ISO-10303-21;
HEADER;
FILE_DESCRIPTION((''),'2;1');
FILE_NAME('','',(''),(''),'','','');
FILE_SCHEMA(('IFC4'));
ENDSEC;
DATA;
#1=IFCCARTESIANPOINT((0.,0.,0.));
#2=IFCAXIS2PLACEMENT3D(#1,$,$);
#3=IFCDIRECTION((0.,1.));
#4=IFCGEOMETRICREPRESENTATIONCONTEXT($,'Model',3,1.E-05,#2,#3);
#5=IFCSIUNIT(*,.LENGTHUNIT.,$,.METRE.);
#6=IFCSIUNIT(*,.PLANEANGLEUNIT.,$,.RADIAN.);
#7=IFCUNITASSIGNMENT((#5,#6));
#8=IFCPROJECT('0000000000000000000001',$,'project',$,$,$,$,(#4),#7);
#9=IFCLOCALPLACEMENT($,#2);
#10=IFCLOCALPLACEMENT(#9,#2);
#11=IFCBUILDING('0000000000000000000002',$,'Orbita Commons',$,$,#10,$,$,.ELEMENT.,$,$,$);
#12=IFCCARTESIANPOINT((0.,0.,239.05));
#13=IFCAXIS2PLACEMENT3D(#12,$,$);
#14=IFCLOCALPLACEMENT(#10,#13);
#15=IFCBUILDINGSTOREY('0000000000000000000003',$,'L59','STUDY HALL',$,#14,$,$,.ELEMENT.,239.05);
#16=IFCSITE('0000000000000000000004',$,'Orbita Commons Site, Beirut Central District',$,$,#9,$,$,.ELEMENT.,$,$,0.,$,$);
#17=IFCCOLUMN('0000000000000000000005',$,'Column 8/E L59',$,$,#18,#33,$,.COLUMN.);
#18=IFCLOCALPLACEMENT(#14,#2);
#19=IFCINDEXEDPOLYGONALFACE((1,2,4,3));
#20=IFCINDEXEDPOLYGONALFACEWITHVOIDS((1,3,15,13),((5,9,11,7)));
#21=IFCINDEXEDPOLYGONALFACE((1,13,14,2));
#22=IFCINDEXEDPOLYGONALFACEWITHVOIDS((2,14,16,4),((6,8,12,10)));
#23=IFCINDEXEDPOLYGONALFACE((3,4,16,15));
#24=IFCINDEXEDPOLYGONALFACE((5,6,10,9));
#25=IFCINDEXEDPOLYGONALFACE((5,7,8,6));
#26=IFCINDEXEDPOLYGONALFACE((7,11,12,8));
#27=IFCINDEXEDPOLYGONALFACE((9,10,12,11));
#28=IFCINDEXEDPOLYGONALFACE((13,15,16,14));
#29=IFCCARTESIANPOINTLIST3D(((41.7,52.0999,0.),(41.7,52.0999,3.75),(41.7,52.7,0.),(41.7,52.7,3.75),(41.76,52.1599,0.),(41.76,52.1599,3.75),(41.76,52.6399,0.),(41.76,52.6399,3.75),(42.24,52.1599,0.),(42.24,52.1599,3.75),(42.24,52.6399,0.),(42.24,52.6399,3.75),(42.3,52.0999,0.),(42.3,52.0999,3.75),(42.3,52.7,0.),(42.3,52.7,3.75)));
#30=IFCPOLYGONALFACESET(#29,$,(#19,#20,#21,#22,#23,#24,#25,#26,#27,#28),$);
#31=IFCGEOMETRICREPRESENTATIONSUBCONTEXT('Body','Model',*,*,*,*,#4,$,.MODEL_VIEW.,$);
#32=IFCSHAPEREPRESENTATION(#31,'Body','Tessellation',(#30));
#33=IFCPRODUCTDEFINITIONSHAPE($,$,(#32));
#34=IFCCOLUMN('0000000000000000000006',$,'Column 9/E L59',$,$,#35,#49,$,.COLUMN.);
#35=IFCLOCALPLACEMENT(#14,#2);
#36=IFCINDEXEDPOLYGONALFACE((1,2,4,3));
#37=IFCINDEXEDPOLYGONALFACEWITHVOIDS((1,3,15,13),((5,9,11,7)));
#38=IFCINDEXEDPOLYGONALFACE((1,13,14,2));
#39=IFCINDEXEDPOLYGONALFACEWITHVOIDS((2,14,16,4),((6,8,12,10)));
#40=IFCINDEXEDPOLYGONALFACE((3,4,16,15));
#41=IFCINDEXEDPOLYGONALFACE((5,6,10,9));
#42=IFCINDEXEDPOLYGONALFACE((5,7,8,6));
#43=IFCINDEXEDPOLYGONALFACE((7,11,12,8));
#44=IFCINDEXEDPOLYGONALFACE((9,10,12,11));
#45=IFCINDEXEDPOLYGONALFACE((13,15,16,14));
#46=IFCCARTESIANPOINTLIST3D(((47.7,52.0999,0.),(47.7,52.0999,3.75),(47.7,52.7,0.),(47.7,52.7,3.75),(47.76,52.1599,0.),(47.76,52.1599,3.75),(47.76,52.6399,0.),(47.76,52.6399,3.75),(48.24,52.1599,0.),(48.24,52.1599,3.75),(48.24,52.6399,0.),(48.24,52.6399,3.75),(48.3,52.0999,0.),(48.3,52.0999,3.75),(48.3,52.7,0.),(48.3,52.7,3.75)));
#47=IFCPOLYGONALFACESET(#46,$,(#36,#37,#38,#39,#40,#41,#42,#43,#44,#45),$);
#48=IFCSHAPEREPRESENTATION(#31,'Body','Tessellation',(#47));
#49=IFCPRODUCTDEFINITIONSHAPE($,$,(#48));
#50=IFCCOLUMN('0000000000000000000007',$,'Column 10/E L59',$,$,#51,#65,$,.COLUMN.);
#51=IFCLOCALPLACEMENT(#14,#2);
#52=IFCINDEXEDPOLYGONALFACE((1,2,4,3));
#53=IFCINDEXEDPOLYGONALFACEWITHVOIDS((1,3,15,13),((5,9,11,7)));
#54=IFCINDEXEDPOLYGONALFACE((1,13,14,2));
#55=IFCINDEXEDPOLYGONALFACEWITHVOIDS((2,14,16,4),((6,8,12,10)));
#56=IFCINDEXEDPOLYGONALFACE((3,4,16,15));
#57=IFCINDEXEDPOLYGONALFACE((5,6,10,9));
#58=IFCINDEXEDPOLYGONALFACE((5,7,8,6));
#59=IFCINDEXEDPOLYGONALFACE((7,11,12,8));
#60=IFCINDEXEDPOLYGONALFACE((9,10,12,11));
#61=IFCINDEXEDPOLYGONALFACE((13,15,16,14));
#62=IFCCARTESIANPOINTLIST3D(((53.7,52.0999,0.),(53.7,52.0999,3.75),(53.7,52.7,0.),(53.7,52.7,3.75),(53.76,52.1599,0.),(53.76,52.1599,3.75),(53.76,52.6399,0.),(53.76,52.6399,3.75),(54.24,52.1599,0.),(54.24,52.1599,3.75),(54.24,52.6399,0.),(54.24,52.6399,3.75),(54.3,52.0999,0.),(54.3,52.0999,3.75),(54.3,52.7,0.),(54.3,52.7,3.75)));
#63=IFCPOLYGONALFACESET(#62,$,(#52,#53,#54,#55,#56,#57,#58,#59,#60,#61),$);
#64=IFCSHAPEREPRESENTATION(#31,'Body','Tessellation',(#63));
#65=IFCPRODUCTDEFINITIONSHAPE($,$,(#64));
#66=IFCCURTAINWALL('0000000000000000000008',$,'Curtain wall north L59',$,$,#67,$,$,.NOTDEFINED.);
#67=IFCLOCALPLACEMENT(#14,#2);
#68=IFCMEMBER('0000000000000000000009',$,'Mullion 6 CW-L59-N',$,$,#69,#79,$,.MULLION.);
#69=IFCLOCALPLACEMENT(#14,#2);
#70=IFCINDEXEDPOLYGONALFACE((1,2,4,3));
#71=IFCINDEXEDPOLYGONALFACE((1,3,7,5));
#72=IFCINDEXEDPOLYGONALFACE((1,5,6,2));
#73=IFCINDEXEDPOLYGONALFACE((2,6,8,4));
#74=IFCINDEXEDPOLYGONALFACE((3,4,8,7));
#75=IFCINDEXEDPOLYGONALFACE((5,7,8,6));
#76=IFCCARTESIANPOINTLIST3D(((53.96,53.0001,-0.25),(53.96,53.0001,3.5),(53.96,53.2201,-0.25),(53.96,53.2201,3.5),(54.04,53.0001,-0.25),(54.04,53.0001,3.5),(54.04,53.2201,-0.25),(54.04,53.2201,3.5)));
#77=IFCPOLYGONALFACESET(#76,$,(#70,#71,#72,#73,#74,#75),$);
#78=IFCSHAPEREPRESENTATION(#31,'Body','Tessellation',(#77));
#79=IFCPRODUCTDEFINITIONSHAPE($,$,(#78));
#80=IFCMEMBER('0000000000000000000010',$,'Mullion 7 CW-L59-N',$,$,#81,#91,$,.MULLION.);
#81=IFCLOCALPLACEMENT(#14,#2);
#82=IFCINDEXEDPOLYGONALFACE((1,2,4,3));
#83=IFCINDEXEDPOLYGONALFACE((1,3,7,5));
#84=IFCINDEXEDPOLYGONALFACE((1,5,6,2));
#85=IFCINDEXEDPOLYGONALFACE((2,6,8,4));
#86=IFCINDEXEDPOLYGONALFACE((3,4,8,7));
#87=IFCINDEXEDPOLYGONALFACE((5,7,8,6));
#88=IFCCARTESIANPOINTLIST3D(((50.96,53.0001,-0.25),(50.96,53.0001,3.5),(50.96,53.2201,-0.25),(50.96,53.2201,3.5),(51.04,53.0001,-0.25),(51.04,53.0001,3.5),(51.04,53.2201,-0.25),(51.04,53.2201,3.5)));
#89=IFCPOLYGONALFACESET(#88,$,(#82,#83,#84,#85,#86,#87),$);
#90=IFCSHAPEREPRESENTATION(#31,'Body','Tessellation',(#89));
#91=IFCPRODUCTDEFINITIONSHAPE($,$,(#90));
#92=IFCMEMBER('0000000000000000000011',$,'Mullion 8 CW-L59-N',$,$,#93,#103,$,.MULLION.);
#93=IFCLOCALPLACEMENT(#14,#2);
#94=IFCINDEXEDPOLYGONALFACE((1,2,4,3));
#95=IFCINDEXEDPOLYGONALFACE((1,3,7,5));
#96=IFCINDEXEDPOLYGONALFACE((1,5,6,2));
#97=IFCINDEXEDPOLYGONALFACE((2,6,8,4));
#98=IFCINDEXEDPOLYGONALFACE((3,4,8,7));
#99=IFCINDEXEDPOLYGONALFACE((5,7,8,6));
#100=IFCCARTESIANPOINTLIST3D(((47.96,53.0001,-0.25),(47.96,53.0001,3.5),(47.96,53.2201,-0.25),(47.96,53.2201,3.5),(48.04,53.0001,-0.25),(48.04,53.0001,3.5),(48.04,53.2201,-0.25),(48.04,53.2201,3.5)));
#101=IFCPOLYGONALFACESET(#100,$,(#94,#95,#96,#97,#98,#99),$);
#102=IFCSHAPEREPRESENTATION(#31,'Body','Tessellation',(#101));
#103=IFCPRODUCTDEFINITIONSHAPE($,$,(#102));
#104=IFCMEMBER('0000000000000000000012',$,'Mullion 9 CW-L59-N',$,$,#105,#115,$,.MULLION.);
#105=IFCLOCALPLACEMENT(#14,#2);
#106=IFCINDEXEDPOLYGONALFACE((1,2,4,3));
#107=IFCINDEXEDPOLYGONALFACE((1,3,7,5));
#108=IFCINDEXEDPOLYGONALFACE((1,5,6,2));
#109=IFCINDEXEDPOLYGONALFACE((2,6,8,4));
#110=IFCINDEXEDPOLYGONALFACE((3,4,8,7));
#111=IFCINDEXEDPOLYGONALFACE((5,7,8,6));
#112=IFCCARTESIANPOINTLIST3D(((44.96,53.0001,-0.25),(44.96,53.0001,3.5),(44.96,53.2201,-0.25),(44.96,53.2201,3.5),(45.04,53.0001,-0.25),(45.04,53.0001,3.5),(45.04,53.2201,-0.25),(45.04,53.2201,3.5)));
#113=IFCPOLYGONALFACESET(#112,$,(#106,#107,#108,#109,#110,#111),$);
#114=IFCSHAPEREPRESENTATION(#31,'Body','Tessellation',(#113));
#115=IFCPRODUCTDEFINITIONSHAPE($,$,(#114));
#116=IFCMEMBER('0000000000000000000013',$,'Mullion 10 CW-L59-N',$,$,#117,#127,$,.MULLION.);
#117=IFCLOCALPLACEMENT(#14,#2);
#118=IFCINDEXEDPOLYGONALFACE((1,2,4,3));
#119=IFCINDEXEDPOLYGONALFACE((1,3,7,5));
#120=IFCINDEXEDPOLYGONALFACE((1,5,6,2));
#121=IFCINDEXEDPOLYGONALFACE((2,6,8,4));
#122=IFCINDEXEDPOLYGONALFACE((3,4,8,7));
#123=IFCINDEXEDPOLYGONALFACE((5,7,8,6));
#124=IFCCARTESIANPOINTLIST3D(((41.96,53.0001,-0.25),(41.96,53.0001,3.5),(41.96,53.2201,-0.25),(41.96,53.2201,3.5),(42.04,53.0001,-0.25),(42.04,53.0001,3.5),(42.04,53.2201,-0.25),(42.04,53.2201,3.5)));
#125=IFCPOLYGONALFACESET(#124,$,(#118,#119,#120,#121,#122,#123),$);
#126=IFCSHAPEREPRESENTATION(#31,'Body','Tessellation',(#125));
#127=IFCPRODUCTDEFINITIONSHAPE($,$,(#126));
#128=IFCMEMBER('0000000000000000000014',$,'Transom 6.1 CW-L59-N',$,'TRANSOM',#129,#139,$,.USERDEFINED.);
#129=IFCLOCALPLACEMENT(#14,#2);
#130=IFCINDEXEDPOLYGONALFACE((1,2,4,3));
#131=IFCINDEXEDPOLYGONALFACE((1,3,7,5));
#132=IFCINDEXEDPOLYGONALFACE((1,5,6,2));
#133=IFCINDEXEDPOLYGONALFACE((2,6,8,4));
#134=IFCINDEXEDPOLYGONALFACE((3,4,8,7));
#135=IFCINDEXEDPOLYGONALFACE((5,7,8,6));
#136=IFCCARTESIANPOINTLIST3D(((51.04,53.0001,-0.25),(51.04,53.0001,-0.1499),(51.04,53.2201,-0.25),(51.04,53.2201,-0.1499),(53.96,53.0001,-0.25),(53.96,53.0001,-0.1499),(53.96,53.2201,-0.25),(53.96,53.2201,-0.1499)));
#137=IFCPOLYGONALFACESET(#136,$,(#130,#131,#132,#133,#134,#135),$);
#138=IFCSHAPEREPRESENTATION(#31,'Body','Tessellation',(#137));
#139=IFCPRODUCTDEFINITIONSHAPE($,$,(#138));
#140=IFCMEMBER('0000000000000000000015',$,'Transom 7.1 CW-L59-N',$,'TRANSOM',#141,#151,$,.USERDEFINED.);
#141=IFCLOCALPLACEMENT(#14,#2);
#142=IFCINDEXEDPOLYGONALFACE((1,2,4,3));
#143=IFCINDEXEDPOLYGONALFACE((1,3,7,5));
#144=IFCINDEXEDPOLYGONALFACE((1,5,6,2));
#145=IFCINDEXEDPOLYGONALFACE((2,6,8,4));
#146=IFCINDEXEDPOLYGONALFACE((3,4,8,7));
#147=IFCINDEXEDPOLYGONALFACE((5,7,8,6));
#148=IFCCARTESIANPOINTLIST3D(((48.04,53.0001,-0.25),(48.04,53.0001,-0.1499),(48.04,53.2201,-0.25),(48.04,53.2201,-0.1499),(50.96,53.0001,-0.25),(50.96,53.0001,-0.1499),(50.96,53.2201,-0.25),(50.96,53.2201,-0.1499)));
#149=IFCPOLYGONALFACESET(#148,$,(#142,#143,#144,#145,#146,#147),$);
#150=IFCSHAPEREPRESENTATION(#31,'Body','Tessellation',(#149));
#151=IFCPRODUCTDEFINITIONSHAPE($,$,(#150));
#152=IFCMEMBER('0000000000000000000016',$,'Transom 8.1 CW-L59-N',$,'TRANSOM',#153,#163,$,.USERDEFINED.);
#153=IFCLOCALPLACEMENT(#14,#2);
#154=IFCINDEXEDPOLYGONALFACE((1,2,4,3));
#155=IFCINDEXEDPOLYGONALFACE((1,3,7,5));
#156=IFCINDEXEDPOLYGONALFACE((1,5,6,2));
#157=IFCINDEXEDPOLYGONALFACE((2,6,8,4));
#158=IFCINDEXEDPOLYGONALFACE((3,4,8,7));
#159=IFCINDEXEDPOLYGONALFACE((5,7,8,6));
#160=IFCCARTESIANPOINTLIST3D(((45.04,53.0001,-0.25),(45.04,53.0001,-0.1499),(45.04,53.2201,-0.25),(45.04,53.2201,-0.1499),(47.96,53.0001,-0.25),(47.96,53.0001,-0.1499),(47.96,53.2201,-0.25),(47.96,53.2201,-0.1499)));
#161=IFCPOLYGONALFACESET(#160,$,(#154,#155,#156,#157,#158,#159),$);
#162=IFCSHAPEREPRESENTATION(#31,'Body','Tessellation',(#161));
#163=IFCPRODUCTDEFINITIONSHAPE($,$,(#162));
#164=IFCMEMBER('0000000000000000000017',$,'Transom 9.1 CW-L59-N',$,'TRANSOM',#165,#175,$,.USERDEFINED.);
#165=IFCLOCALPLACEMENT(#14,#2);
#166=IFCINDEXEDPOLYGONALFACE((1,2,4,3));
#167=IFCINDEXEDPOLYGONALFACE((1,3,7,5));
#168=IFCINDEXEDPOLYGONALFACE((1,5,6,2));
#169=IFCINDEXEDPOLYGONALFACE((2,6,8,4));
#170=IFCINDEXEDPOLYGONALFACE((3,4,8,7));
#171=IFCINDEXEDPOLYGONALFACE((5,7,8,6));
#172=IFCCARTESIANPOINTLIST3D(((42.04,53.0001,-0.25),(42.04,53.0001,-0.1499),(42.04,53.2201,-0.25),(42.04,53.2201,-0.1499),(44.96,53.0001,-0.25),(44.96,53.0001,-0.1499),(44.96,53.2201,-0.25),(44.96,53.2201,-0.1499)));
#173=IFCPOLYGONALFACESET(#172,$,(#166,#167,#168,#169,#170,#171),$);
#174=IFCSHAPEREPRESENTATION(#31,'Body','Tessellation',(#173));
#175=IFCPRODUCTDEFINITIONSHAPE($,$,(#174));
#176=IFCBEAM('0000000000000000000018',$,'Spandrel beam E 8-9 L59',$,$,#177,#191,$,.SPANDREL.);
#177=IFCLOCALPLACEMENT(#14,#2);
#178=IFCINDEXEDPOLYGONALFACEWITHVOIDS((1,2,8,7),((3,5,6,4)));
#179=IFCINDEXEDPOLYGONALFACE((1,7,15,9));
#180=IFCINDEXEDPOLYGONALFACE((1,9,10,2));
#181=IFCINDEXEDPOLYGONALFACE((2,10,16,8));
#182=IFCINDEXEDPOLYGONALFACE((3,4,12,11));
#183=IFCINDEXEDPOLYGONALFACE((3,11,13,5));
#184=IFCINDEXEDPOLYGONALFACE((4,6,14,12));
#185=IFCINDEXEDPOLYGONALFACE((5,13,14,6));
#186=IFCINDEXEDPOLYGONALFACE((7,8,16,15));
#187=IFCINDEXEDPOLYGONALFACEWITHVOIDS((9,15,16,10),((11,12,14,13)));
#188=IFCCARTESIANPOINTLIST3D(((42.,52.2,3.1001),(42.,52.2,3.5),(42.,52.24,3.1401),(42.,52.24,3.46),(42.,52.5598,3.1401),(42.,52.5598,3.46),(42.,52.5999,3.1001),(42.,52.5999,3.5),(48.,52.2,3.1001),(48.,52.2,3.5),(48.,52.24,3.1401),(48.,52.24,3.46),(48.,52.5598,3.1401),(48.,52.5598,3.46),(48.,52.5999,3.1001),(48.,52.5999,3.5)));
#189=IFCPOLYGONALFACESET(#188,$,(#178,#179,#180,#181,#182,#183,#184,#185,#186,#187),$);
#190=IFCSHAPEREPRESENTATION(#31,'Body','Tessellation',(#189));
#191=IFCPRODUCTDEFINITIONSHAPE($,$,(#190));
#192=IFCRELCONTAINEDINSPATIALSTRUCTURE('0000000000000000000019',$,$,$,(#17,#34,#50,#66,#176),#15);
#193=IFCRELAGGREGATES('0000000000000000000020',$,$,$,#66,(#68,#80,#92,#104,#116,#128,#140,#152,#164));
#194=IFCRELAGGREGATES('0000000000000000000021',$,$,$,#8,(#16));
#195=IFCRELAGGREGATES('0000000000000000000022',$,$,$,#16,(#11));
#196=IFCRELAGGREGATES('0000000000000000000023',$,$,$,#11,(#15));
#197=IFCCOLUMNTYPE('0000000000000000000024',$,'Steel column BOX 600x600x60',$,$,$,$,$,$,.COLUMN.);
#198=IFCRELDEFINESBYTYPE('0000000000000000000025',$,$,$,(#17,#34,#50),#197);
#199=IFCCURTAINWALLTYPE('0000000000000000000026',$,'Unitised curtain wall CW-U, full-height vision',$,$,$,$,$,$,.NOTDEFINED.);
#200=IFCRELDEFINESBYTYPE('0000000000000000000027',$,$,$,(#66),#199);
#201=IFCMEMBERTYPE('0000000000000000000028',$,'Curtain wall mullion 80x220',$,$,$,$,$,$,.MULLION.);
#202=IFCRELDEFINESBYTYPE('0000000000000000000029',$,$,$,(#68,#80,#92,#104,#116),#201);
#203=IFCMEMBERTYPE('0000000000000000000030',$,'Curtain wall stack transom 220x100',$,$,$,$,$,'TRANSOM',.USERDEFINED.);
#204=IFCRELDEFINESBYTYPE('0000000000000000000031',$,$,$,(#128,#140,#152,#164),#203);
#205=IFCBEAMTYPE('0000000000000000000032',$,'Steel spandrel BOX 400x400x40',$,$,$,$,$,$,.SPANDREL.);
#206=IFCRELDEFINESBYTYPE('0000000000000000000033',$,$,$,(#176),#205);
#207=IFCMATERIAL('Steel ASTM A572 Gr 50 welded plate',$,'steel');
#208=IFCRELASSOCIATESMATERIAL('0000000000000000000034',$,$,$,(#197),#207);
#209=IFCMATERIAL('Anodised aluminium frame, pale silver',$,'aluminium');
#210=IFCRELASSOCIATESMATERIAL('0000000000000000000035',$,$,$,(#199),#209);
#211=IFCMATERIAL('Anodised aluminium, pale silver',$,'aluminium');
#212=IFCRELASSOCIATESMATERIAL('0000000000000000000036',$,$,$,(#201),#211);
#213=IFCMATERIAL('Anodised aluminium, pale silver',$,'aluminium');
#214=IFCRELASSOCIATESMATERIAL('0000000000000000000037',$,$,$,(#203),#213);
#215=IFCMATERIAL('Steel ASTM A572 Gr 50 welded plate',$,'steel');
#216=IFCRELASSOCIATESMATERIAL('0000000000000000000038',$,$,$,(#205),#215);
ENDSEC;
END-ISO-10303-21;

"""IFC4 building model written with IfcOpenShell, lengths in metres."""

from ifc_helpers import new_model, si_unit, direction, frame, origin, origin_2d, place, context, subcontext, project, spatial, rectangle, hollow_rectangle, extrude, material, material_profile, profile_set, type_object, element, aggregate, save


model = new_model("IFC4")

# Units and contexts
model_context = context("Model", 3, precision=1e-05, world=origin(), true_north=direction((0.0, 1.0)))
body_context = subcontext(model_context, "Body", "Model", "MODEL_VIEW")
ifc_project = project(units=[si_unit("LENGTHUNIT", "METRE"), si_unit("PLANEANGLEUNIT", "RADIAN")], contexts=[model_context])

# Site, building, storey
site_placement = place(None, origin())
site = spatial("IfcSite", under=ifc_project, at=site_placement, Name="Orbita Commons Site, Beirut Central District", CompositionType="ELEMENT", RefElevation=0.0)
building_placement = place(site_placement, origin())
building = spatial("IfcBuilding", under=site, at=building_placement, Name="Orbita Commons", CompositionType="ELEMENT")
storey_placement = place(building_placement, frame((0.0, 0.0, 239.05)))
storey = spatial("IfcBuildingStorey", under=building, at=storey_placement, Name="L59", Description="STUDY HALL", CompositionType="ELEMENT", Elevation=239.05)

# Columns
ifc_material_1 = material(Name="Steel ASTM A572 Gr 50 welded plate", Category="steel")
ifc_material_profile_1 = material_profile(ifc_material_1, hollow_rectangle(XDim=0.6001, YDim=0.6001, WallThickness=0.0601, at=origin_2d()), Name="BOX 600x600x60")
ifc_profile_set_1 = profile_set([ifc_material_profile_1], Name="Steel ASTM A572 Gr 50 welded plate")
column_type = type_object("IfcColumnType", Name="Steel column BOX 600x600x60", PredefinedType="COLUMN", material=ifc_profile_set_1)
for number, where, z_axis, x_axis, name in (
    (1, (42.0, 52.3999, 0.0), (0.0, 0.0, 1.0), (1.0, 0.0, 0.0), "Column 8/E L59"),
    (2, (48.0, 52.3999, 0.0), (0.0, 0.0, 1.0), (1.0, 0.0, 0.0), "Column 9/E L59"),
    (3, (54.0, 52.3999, 0.0), (0.0, 0.0, 1.0), (1.0, 0.0, 0.0), "Column 10/E L59"),
):
    element("IfcColumn", number, at=place(storey_placement, frame(where, z_axis=z_axis, x_axis=x_axis)), inside=storey, type_object=column_type, Name=name, PredefinedType="COLUMN", context=body_context, shape_type="SweptSolid", body=[
        extrude(hollow_rectangle(XDim=0.6001, YDim=0.6001, WallThickness=0.0601, at=origin_2d()), origin(), (0.0, 0.0, 1.0), 3.75),
    ])

# Curtain wall, members
ifc_material_2 = material(Name="Anodised aluminium frame, pale silver", Category="aluminium")
curtain_wall_type = type_object("IfcCurtainWallType", Name="Unitised curtain wall CW-U, full-height vision", PredefinedType="NOTDEFINED", material=ifc_material_2)
curtain_wall_placement = place(storey_placement, origin())
curtain_wall = element("IfcCurtainWall", 4, at=curtain_wall_placement, inside=storey, type_object=curtain_wall_type, Name="Curtain wall north L59", PredefinedType="NOTDEFINED")
ifc_material_3 = material(Name="Anodised aluminium, pale silver", Category="aluminium")
ifc_material_profile_2 = material_profile(ifc_material_3, rectangle(XDim=0.0801, YDim=0.22, at=origin_2d()), Name="AL 80x220")
ifc_profile_set_2 = profile_set([ifc_material_profile_2], Name="Anodised aluminium, pale silver")
member_type_1 = type_object("IfcMemberType", Name="Curtain wall mullion 80x220", PredefinedType="MULLION", material=ifc_profile_set_2)
member_1_placement = place(storey_placement, frame((54.0, 53.1101, -0.25), z_axis=(0.0, 0.0, 1.0), x_axis=(-1.0, 0.0, 0.0)))
member_1 = element("IfcMember", 5, at=member_1_placement, type_object=member_type_1, Name="Mullion 6 CW-L59-N", PredefinedType="MULLION", context=body_context, shape_type="SweptSolid", body=[
    extrude(rectangle(XDim=0.0801, YDim=0.22, at=origin_2d()), origin(), (0.0, 0.0, 1.0), 3.75),
])
member_2_placement = place(storey_placement, frame((51.0, 53.1101, -0.25), z_axis=(0.0, 0.0, 1.0), x_axis=(-1.0, 0.0, 0.0)))
member_2 = element("IfcMember", 6, at=member_2_placement, type_object=member_type_1, Name="Mullion 7 CW-L59-N", PredefinedType="MULLION", context=body_context, shape_type="SweptSolid", body=[
    extrude(rectangle(XDim=0.0801, YDim=0.22, at=origin_2d()), origin(), (0.0, 0.0, 1.0), 3.75),
])
member_3_placement = place(storey_placement, frame((48.0, 53.1101, -0.25), z_axis=(0.0, 0.0, 1.0), x_axis=(-1.0, 0.0, 0.0)))
member_3 = element("IfcMember", 7, at=member_3_placement, type_object=member_type_1, Name="Mullion 8 CW-L59-N", PredefinedType="MULLION", context=body_context, shape_type="SweptSolid", body=[
    extrude(rectangle(XDim=0.0801, YDim=0.22, at=origin_2d()), origin(), (0.0, 0.0, 1.0), 3.75),
])
member_4_placement = place(storey_placement, frame((45.0, 53.1101, -0.25), z_axis=(0.0, 0.0, 1.0), x_axis=(-1.0, 0.0, 0.0)))
member_4 = element("IfcMember", 8, at=member_4_placement, type_object=member_type_1, Name="Mullion 9 CW-L59-N", PredefinedType="MULLION", context=body_context, shape_type="SweptSolid", body=[
    extrude(rectangle(XDim=0.0801, YDim=0.22, at=origin_2d()), origin(), (0.0, 0.0, 1.0), 3.75),
])
member_5_placement = place(storey_placement, frame((42.0, 53.1101, -0.25), z_axis=(0.0, 0.0, 1.0), x_axis=(-1.0, 0.0, 0.0)))
member_5 = element("IfcMember", 9, at=member_5_placement, type_object=member_type_1, Name="Mullion 10 CW-L59-N", PredefinedType="MULLION", context=body_context, shape_type="SweptSolid", body=[
    extrude(rectangle(XDim=0.0801, YDim=0.22, at=origin_2d()), origin(), (0.0, 0.0, 1.0), 3.75),
])
ifc_material_4 = material(Name="Anodised aluminium, pale silver", Category="aluminium")
ifc_material_profile_3 = material_profile(ifc_material_4, rectangle(XDim=0.22, YDim=0.1001, at=origin_2d()), Name="AL 220x100")
ifc_profile_set_3 = profile_set([ifc_material_profile_3], Name="Anodised aluminium, pale silver")
member_type_2 = type_object("IfcMemberType", Name="Curtain wall stack transom 220x100", ElementType="TRANSOM", PredefinedType="USERDEFINED", material=ifc_profile_set_3)
member_6_placement = place(storey_placement, frame((53.96, 53.1101, -0.2), z_axis=(-1.0, 0.0, 0.0), x_axis=(0.0, -1.0, 0.0)))
member_6 = element("IfcMember", 10, at=member_6_placement, type_object=member_type_2, Name="Transom 6.1 CW-L59-N", ObjectType="TRANSOM", PredefinedType="USERDEFINED", context=body_context, shape_type="SweptSolid", body=[
    extrude(rectangle(XDim=0.22, YDim=0.1001, at=origin_2d()), origin(), (0.0, 0.0, 1.0), 2.9199),
])
member_7_placement = place(storey_placement, frame((50.96, 53.1101, -0.2), z_axis=(-1.0, 0.0, 0.0), x_axis=(0.0, -1.0, 0.0)))
member_7 = element("IfcMember", 11, at=member_7_placement, type_object=member_type_2, Name="Transom 7.1 CW-L59-N", ObjectType="TRANSOM", PredefinedType="USERDEFINED", context=body_context, shape_type="SweptSolid", body=[
    extrude(rectangle(XDim=0.22, YDim=0.1001, at=origin_2d()), origin(), (0.0, 0.0, 1.0), 2.9199),
])
member_8_placement = place(storey_placement, frame((47.96, 53.1101, -0.2), z_axis=(-1.0, 0.0, 0.0), x_axis=(0.0, -1.0, 0.0)))
member_8 = element("IfcMember", 12, at=member_8_placement, type_object=member_type_2, Name="Transom 8.1 CW-L59-N", ObjectType="TRANSOM", PredefinedType="USERDEFINED", context=body_context, shape_type="SweptSolid", body=[
    extrude(rectangle(XDim=0.22, YDim=0.1001, at=origin_2d()), origin(), (0.0, 0.0, 1.0), 2.9199),
])
member_9_placement = place(storey_placement, frame((44.96, 53.1101, -0.2), z_axis=(-1.0, 0.0, 0.0), x_axis=(0.0, -1.0, 0.0)))
member_9 = element("IfcMember", 13, at=member_9_placement, type_object=member_type_2, Name="Transom 9.1 CW-L59-N", ObjectType="TRANSOM", PredefinedType="USERDEFINED", context=body_context, shape_type="SweptSolid", body=[
    extrude(rectangle(XDim=0.22, YDim=0.1001, at=origin_2d()), origin(), (0.0, 0.0, 1.0), 2.9199),
])

# Beam
ifc_material_5 = material(Name="Steel ASTM A572 Gr 50 welded plate", Category="steel")
ifc_material_profile_4 = material_profile(ifc_material_5, hollow_rectangle(XDim=0.3999, YDim=0.3999, WallThickness=0.04, at=origin_2d()), Name="BOX 400x400x40")
ifc_profile_set_4 = profile_set([ifc_material_profile_4], Name="Steel ASTM A572 Gr 50 welded plate")
beam_type = type_object("IfcBeamType", Name="Steel spandrel BOX 400x400x40", PredefinedType="SPANDREL", material=ifc_profile_set_4)
for number, where, z_axis, x_axis, name in (
    (14, (42.0, 52.3999, 3.3), (1.0, 0.0, 0.0), (0.0, 1.0, 0.0), "Spandrel beam E 8-9 L59"),
):
    element("IfcBeam", number, at=place(storey_placement, frame(where, z_axis=z_axis, x_axis=x_axis)), inside=storey, type_object=beam_type, Name=name, PredefinedType="SPANDREL", context=body_context, shape_type="SweptSolid", body=[
        extrude(hollow_rectangle(XDim=0.3999, YDim=0.3999, WallThickness=0.04, at=origin_2d()), origin(), (0.0, 0.0, 1.0), 6.0),
    ])

aggregate(curtain_wall, [member_1, member_2, member_3, member_4, member_5, member_6, member_7, member_8, member_9])

save(model, "model.ifc")
